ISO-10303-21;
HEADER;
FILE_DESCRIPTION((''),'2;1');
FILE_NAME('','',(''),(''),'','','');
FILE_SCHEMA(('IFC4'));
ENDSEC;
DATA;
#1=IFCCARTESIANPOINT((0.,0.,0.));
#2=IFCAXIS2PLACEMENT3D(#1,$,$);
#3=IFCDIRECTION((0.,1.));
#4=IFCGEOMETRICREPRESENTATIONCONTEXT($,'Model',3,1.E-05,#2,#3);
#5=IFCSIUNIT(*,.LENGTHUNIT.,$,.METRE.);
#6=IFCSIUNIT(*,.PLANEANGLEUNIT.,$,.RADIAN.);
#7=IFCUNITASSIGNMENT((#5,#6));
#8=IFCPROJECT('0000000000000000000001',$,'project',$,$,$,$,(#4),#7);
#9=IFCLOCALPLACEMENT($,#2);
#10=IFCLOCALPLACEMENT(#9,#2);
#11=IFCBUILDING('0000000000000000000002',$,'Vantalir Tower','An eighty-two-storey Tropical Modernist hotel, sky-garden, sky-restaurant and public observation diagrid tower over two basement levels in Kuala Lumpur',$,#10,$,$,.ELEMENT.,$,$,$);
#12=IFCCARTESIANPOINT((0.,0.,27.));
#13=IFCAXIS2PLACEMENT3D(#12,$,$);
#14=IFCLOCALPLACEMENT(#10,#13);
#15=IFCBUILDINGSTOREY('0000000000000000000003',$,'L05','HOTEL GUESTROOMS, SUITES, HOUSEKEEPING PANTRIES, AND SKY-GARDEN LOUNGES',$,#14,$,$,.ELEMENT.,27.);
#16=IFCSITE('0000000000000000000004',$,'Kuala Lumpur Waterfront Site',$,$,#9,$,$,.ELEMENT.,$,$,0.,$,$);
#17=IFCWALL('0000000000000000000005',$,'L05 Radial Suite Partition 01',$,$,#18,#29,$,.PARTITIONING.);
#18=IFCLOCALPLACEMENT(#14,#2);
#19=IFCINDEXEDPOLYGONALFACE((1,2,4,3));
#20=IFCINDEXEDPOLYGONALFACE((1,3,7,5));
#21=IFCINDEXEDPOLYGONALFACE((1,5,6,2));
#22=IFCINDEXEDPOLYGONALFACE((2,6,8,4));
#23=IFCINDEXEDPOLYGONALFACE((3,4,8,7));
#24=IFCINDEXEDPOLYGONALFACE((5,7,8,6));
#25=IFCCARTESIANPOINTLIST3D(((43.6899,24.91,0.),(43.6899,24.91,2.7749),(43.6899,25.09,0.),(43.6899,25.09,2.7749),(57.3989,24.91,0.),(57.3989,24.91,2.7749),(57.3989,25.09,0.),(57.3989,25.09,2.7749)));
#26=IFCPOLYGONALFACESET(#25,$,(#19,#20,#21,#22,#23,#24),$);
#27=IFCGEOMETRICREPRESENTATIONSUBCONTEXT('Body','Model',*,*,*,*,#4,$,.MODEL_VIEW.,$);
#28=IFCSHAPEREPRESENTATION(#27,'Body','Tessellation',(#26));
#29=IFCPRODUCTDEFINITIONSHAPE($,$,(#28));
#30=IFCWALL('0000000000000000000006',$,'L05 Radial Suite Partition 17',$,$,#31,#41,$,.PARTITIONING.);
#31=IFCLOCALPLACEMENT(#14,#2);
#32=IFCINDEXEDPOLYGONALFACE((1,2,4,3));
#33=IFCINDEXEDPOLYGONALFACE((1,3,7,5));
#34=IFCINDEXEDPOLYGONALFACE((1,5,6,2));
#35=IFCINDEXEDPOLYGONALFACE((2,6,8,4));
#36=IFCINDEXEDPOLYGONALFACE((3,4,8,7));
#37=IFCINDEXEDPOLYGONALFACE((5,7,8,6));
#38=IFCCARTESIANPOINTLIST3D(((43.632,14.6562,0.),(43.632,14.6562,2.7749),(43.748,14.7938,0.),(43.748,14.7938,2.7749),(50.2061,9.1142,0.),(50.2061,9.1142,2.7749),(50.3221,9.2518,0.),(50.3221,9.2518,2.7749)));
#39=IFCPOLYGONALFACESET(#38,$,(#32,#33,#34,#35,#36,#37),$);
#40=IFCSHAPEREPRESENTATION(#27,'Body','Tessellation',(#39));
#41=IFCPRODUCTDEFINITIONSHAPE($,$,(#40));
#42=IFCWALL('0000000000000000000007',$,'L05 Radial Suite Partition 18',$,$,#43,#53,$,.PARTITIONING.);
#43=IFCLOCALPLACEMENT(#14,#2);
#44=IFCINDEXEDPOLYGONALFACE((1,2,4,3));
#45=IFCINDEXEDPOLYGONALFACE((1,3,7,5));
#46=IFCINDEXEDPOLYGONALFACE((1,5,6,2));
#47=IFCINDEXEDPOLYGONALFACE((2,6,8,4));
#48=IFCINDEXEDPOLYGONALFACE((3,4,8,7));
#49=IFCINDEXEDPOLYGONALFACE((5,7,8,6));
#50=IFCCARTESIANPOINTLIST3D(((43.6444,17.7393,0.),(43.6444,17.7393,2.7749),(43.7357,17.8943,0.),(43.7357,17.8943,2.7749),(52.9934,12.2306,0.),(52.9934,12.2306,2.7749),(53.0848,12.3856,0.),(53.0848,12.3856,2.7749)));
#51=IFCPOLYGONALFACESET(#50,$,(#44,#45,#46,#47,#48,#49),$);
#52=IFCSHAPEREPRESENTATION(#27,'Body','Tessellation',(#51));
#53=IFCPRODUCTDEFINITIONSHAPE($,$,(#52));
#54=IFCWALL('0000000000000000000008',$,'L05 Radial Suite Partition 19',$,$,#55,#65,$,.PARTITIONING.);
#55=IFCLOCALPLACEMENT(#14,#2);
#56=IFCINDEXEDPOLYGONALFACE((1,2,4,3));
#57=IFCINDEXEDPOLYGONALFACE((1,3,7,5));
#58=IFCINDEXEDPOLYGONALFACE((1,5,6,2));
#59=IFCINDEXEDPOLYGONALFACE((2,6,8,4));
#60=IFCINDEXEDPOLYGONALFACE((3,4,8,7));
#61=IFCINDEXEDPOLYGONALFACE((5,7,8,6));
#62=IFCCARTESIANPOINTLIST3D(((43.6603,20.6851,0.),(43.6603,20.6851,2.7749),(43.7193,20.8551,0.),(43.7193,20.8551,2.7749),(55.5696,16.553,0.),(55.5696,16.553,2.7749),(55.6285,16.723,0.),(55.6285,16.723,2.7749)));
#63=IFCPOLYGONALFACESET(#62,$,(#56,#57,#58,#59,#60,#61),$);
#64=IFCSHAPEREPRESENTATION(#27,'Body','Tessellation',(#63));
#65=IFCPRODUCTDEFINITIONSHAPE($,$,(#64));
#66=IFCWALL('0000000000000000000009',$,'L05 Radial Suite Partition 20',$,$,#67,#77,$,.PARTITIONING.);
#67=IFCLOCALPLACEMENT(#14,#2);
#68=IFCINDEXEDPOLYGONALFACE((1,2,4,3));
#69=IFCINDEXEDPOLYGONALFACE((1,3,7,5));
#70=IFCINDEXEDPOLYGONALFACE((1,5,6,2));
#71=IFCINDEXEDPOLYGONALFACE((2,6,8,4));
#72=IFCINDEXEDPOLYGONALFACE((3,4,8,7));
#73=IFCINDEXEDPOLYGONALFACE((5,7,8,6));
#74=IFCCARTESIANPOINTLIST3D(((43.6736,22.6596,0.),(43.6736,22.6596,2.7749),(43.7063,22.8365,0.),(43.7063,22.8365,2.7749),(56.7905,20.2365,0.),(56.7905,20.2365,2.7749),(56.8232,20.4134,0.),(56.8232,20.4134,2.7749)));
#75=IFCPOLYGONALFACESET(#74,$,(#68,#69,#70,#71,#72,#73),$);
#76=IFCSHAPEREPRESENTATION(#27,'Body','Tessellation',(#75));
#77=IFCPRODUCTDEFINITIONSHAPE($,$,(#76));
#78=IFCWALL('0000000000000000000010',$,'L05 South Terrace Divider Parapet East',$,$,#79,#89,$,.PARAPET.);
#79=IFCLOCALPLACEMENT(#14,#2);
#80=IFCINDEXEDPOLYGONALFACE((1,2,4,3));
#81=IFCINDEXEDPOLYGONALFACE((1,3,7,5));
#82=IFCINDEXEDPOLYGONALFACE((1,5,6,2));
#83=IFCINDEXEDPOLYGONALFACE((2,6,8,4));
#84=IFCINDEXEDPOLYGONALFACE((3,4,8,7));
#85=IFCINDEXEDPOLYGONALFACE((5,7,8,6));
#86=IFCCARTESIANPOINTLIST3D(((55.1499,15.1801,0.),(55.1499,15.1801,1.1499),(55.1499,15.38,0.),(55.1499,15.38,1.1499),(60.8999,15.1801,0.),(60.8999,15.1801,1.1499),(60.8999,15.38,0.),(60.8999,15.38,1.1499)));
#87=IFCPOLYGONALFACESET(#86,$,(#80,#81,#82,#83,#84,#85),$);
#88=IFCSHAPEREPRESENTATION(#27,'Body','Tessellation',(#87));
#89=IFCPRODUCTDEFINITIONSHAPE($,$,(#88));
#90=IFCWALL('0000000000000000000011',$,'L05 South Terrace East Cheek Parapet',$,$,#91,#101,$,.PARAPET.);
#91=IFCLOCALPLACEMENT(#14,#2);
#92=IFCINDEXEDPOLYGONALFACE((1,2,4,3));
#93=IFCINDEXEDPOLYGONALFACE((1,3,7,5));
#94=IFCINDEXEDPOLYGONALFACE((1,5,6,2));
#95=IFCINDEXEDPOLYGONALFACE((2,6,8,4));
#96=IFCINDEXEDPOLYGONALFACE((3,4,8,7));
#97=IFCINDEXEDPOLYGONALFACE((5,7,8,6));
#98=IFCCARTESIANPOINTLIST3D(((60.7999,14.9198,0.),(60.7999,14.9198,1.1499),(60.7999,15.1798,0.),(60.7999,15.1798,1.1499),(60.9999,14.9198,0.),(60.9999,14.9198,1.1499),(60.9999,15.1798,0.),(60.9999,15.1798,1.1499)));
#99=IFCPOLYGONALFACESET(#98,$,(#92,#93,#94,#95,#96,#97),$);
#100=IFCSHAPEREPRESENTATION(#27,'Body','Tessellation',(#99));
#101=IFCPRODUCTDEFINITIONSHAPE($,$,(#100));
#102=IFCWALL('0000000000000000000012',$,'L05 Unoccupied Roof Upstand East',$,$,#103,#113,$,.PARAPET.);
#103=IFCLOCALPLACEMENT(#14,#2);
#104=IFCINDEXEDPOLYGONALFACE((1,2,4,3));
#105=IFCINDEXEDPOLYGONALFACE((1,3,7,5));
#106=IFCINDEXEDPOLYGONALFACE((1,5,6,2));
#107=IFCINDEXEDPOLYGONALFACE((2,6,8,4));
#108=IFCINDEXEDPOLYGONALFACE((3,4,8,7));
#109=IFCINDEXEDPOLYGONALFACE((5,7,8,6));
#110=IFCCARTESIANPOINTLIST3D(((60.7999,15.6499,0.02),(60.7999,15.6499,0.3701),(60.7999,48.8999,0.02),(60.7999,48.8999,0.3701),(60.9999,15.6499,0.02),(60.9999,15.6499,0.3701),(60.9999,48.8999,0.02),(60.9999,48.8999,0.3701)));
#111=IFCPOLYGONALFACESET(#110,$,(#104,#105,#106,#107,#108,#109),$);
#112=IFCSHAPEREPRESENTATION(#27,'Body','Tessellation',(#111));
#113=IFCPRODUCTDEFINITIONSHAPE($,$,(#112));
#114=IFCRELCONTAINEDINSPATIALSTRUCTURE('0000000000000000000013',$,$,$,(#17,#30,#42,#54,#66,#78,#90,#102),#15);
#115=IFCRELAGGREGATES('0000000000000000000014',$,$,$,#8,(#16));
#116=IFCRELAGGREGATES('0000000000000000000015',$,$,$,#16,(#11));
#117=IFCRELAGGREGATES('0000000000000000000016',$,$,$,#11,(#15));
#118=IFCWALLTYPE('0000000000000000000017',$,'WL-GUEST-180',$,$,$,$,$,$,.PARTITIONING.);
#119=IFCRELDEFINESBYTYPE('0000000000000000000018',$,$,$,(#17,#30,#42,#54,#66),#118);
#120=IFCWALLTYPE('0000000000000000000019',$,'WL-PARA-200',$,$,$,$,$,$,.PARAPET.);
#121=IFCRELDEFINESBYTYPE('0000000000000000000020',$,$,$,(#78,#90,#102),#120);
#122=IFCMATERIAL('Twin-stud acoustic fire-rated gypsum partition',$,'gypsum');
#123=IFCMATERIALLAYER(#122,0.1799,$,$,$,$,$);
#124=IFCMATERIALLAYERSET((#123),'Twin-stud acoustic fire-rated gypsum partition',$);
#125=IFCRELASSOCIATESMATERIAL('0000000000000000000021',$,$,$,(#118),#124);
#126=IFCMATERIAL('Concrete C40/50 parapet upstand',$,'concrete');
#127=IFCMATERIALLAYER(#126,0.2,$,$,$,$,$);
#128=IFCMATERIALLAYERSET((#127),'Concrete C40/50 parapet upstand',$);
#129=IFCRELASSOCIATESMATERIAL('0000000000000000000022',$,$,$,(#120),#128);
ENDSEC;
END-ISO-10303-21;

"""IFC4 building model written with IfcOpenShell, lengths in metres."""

from ifc_helpers import new_model, si_unit, direction, frame, frame_2d, origin, place, context, subcontext, project, spatial, rectangle, extrude, material, layer, layer_set, type_object, element, save


model = new_model("IFC4")

# Units and contexts
model_context = context("Model", 3, precision=1e-05, world=origin(), true_north=direction((0.0, 1.0)))
body_context = subcontext(model_context, "Body", "Model", "MODEL_VIEW")
ifc_project = project(units=[si_unit("LENGTHUNIT", "METRE"), si_unit("PLANEANGLEUNIT", "RADIAN")], contexts=[model_context])

# Site, building, storey
site_placement = place(None, origin())
site = spatial("IfcSite", under=ifc_project, at=site_placement, Name="Kuala Lumpur Waterfront Site", CompositionType="ELEMENT", RefElevation=0.0)
building_placement = place(site_placement, origin())
building = spatial("IfcBuilding", under=site, at=building_placement, Name="Vantalir Tower", Description="An eighty-two-storey Tropical Modernist hotel, sky-garden, sky-restaurant and public observation diagrid tower over two basement levels in Kuala Lumpur", CompositionType="ELEMENT")
storey_placement = place(building_placement, frame((0.0, 0.0, 27.0)))
storey = spatial("IfcBuildingStorey", under=building, at=storey_placement, Name="L05", Description="HOTEL GUESTROOMS, SUITES, HOUSEKEEPING PANTRIES, AND SKY-GARDEN LOUNGES", CompositionType="ELEMENT", Elevation=27.0)

# Walls
ifc_material_1 = material(Name="Twin-stud acoustic fire-rated gypsum partition", Category="gypsum")
ifc_layer_1 = layer(ifc_material_1, 0.1799)
ifc_layer_set_1 = layer_set([ifc_layer_1], Name="Twin-stud acoustic fire-rated gypsum partition")
wall_type_1 = type_object("IfcWallType", Name="WL-GUEST-180", PredefinedType="PARTITIONING", material=ifc_layer_set_1)
wall_1_placement = place(storey_placement, frame((43.6899, 25.0, 0.0), z_axis=(0.0, 0.0, 1.0), x_axis=(1.0, 0.0, 0.0)))
element("IfcWall", 1, at=wall_1_placement, inside=storey, type_object=wall_type_1, Name="L05 Radial Suite Partition 01", PredefinedType="PARTITIONING", context=body_context, shape_type="SweptSolid", body=[
    extrude(rectangle(XDim=13.709, YDim=0.1799, at=frame_2d((6.8545, 0.0))), origin(), (0.0, 0.0, 1.0), 2.7749),
])
wall_2_placement = place(storey_placement, frame((43.6899, 14.7251, 0.0), z_axis=(0.0, 0.0, 1.0), x_axis=(0.764566, -0.644545, 0.0)))
element("IfcWall", 2, at=wall_2_placement, inside=storey, type_object=wall_type_1, Name="L05 Radial Suite Partition 17", PredefinedType="PARTITIONING", context=body_context, shape_type="SweptSolid", body=[
    extrude(rectangle(XDim=8.5984, YDim=0.1799, at=frame_2d((4.2993, 0.0))), origin(), (0.0, 0.0, 1.0), 2.7749),
])
wall_3_placement = place(storey_placement, frame((43.6899, 17.8169, 0.0), z_axis=(0.0, 0.0, 1.0), x_axis=(0.861559, -0.507657, 0.0)))
element("IfcWall", 3, at=wall_3_placement, inside=storey, type_object=wall_type_1, Name="L05 Radial Suite Partition 18", PredefinedType="PARTITIONING", context=body_context, shape_type="SweptSolid", body=[
    extrude(rectangle(XDim=10.8513, YDim=0.1799, at=frame_2d((5.4258, 0.0))), origin(), (0.0, 0.0, 1.0), 2.7749),
])
wall_4_placement = place(storey_placement, frame((43.6899, 20.77, 0.0), z_axis=(0.0, 0.0, 1.0), x_axis=(0.944749, -0.327796, 0.0)))
element("IfcWall", 4, at=wall_4_placement, inside=storey, type_object=wall_type_1, Name="L05 Radial Suite Partition 19", PredefinedType="PARTITIONING", context=body_context, shape_type="SweptSolid", body=[
    extrude(rectangle(XDim=12.6057, YDim=0.1799, at=frame_2d((6.3027, 0.0))), origin(), (0.0, 0.0, 1.0), 2.7749),
])
wall_5_placement = place(storey_placement, frame((43.6899, 22.748, 0.0), z_axis=(0.0, 0.0, 1.0), x_axis=(0.983362, -0.181657, 0.0)))
element("IfcWall", 5, at=wall_5_placement, inside=storey, type_object=wall_type_1, Name="L05 Radial Suite Partition 20", PredefinedType="PARTITIONING", context=body_context, shape_type="SweptSolid", body=[
    extrude(rectangle(XDim=13.3389, YDim=0.1799, at=frame_2d((6.6694, 0.0))), origin(), (0.0, 0.0, 1.0), 2.7749),
])
ifc_material_2 = material(Name="Concrete C40/50 parapet upstand", Category="concrete")
ifc_layer_2 = layer(ifc_material_2, 0.2)
ifc_layer_set_2 = layer_set([ifc_layer_2], Name="Concrete C40/50 parapet upstand")
wall_type_2 = type_object("IfcWallType", Name="WL-PARA-200", PredefinedType="PARAPET", material=ifc_layer_set_2)
wall_6_placement = place(storey_placement, frame((60.8999, 15.28, 0.0), z_axis=(0.0, 0.0, 1.0), x_axis=(-1.0, 0.0, 0.0)))
element("IfcWall", 6, at=wall_6_placement, inside=storey, type_object=wall_type_2, Name="L05 South Terrace Divider Parapet East", PredefinedType="PARAPET", context=body_context, shape_type="SweptSolid", body=[
    extrude(rectangle(XDim=5.75, YDim=0.2, at=frame_2d((2.875, 0.0))), origin(), (0.0, 0.0, 1.0), 1.1499),
])
wall_7_placement = place(storey_placement, frame((60.8999, 14.9199, 0.0), z_axis=(0.0, 0.0, 1.0), x_axis=(0.0, 1.0, 0.0)))
element("IfcWall", 7, at=wall_7_placement, inside=storey, type_object=wall_type_2, Name="L05 South Terrace East Cheek Parapet", PredefinedType="PARAPET", context=body_context, shape_type="SweptSolid", body=[
    extrude(rectangle(XDim=0.26, YDim=0.2, at=frame_2d((0.1299, 0.0))), origin(), (0.0, 0.0, 1.0), 1.1499),
])
wall_8_placement = place(storey_placement, frame((60.8999, 15.6499, 0.02), z_axis=(0.0, 0.0, 1.0), x_axis=(0.0, 1.0, 0.0)))
element("IfcWall", 8, at=wall_8_placement, inside=storey, type_object=wall_type_2, Name="L05 Unoccupied Roof Upstand East", PredefinedType="PARAPET", context=body_context, shape_type="SweptSolid", body=[
    extrude(rectangle(XDim=33.25, YDim=0.2, at=frame_2d((16.625, 0.0))), origin(), (0.0, 0.0, 1.0), 0.3501),
])

save(model, "model.ifc")
